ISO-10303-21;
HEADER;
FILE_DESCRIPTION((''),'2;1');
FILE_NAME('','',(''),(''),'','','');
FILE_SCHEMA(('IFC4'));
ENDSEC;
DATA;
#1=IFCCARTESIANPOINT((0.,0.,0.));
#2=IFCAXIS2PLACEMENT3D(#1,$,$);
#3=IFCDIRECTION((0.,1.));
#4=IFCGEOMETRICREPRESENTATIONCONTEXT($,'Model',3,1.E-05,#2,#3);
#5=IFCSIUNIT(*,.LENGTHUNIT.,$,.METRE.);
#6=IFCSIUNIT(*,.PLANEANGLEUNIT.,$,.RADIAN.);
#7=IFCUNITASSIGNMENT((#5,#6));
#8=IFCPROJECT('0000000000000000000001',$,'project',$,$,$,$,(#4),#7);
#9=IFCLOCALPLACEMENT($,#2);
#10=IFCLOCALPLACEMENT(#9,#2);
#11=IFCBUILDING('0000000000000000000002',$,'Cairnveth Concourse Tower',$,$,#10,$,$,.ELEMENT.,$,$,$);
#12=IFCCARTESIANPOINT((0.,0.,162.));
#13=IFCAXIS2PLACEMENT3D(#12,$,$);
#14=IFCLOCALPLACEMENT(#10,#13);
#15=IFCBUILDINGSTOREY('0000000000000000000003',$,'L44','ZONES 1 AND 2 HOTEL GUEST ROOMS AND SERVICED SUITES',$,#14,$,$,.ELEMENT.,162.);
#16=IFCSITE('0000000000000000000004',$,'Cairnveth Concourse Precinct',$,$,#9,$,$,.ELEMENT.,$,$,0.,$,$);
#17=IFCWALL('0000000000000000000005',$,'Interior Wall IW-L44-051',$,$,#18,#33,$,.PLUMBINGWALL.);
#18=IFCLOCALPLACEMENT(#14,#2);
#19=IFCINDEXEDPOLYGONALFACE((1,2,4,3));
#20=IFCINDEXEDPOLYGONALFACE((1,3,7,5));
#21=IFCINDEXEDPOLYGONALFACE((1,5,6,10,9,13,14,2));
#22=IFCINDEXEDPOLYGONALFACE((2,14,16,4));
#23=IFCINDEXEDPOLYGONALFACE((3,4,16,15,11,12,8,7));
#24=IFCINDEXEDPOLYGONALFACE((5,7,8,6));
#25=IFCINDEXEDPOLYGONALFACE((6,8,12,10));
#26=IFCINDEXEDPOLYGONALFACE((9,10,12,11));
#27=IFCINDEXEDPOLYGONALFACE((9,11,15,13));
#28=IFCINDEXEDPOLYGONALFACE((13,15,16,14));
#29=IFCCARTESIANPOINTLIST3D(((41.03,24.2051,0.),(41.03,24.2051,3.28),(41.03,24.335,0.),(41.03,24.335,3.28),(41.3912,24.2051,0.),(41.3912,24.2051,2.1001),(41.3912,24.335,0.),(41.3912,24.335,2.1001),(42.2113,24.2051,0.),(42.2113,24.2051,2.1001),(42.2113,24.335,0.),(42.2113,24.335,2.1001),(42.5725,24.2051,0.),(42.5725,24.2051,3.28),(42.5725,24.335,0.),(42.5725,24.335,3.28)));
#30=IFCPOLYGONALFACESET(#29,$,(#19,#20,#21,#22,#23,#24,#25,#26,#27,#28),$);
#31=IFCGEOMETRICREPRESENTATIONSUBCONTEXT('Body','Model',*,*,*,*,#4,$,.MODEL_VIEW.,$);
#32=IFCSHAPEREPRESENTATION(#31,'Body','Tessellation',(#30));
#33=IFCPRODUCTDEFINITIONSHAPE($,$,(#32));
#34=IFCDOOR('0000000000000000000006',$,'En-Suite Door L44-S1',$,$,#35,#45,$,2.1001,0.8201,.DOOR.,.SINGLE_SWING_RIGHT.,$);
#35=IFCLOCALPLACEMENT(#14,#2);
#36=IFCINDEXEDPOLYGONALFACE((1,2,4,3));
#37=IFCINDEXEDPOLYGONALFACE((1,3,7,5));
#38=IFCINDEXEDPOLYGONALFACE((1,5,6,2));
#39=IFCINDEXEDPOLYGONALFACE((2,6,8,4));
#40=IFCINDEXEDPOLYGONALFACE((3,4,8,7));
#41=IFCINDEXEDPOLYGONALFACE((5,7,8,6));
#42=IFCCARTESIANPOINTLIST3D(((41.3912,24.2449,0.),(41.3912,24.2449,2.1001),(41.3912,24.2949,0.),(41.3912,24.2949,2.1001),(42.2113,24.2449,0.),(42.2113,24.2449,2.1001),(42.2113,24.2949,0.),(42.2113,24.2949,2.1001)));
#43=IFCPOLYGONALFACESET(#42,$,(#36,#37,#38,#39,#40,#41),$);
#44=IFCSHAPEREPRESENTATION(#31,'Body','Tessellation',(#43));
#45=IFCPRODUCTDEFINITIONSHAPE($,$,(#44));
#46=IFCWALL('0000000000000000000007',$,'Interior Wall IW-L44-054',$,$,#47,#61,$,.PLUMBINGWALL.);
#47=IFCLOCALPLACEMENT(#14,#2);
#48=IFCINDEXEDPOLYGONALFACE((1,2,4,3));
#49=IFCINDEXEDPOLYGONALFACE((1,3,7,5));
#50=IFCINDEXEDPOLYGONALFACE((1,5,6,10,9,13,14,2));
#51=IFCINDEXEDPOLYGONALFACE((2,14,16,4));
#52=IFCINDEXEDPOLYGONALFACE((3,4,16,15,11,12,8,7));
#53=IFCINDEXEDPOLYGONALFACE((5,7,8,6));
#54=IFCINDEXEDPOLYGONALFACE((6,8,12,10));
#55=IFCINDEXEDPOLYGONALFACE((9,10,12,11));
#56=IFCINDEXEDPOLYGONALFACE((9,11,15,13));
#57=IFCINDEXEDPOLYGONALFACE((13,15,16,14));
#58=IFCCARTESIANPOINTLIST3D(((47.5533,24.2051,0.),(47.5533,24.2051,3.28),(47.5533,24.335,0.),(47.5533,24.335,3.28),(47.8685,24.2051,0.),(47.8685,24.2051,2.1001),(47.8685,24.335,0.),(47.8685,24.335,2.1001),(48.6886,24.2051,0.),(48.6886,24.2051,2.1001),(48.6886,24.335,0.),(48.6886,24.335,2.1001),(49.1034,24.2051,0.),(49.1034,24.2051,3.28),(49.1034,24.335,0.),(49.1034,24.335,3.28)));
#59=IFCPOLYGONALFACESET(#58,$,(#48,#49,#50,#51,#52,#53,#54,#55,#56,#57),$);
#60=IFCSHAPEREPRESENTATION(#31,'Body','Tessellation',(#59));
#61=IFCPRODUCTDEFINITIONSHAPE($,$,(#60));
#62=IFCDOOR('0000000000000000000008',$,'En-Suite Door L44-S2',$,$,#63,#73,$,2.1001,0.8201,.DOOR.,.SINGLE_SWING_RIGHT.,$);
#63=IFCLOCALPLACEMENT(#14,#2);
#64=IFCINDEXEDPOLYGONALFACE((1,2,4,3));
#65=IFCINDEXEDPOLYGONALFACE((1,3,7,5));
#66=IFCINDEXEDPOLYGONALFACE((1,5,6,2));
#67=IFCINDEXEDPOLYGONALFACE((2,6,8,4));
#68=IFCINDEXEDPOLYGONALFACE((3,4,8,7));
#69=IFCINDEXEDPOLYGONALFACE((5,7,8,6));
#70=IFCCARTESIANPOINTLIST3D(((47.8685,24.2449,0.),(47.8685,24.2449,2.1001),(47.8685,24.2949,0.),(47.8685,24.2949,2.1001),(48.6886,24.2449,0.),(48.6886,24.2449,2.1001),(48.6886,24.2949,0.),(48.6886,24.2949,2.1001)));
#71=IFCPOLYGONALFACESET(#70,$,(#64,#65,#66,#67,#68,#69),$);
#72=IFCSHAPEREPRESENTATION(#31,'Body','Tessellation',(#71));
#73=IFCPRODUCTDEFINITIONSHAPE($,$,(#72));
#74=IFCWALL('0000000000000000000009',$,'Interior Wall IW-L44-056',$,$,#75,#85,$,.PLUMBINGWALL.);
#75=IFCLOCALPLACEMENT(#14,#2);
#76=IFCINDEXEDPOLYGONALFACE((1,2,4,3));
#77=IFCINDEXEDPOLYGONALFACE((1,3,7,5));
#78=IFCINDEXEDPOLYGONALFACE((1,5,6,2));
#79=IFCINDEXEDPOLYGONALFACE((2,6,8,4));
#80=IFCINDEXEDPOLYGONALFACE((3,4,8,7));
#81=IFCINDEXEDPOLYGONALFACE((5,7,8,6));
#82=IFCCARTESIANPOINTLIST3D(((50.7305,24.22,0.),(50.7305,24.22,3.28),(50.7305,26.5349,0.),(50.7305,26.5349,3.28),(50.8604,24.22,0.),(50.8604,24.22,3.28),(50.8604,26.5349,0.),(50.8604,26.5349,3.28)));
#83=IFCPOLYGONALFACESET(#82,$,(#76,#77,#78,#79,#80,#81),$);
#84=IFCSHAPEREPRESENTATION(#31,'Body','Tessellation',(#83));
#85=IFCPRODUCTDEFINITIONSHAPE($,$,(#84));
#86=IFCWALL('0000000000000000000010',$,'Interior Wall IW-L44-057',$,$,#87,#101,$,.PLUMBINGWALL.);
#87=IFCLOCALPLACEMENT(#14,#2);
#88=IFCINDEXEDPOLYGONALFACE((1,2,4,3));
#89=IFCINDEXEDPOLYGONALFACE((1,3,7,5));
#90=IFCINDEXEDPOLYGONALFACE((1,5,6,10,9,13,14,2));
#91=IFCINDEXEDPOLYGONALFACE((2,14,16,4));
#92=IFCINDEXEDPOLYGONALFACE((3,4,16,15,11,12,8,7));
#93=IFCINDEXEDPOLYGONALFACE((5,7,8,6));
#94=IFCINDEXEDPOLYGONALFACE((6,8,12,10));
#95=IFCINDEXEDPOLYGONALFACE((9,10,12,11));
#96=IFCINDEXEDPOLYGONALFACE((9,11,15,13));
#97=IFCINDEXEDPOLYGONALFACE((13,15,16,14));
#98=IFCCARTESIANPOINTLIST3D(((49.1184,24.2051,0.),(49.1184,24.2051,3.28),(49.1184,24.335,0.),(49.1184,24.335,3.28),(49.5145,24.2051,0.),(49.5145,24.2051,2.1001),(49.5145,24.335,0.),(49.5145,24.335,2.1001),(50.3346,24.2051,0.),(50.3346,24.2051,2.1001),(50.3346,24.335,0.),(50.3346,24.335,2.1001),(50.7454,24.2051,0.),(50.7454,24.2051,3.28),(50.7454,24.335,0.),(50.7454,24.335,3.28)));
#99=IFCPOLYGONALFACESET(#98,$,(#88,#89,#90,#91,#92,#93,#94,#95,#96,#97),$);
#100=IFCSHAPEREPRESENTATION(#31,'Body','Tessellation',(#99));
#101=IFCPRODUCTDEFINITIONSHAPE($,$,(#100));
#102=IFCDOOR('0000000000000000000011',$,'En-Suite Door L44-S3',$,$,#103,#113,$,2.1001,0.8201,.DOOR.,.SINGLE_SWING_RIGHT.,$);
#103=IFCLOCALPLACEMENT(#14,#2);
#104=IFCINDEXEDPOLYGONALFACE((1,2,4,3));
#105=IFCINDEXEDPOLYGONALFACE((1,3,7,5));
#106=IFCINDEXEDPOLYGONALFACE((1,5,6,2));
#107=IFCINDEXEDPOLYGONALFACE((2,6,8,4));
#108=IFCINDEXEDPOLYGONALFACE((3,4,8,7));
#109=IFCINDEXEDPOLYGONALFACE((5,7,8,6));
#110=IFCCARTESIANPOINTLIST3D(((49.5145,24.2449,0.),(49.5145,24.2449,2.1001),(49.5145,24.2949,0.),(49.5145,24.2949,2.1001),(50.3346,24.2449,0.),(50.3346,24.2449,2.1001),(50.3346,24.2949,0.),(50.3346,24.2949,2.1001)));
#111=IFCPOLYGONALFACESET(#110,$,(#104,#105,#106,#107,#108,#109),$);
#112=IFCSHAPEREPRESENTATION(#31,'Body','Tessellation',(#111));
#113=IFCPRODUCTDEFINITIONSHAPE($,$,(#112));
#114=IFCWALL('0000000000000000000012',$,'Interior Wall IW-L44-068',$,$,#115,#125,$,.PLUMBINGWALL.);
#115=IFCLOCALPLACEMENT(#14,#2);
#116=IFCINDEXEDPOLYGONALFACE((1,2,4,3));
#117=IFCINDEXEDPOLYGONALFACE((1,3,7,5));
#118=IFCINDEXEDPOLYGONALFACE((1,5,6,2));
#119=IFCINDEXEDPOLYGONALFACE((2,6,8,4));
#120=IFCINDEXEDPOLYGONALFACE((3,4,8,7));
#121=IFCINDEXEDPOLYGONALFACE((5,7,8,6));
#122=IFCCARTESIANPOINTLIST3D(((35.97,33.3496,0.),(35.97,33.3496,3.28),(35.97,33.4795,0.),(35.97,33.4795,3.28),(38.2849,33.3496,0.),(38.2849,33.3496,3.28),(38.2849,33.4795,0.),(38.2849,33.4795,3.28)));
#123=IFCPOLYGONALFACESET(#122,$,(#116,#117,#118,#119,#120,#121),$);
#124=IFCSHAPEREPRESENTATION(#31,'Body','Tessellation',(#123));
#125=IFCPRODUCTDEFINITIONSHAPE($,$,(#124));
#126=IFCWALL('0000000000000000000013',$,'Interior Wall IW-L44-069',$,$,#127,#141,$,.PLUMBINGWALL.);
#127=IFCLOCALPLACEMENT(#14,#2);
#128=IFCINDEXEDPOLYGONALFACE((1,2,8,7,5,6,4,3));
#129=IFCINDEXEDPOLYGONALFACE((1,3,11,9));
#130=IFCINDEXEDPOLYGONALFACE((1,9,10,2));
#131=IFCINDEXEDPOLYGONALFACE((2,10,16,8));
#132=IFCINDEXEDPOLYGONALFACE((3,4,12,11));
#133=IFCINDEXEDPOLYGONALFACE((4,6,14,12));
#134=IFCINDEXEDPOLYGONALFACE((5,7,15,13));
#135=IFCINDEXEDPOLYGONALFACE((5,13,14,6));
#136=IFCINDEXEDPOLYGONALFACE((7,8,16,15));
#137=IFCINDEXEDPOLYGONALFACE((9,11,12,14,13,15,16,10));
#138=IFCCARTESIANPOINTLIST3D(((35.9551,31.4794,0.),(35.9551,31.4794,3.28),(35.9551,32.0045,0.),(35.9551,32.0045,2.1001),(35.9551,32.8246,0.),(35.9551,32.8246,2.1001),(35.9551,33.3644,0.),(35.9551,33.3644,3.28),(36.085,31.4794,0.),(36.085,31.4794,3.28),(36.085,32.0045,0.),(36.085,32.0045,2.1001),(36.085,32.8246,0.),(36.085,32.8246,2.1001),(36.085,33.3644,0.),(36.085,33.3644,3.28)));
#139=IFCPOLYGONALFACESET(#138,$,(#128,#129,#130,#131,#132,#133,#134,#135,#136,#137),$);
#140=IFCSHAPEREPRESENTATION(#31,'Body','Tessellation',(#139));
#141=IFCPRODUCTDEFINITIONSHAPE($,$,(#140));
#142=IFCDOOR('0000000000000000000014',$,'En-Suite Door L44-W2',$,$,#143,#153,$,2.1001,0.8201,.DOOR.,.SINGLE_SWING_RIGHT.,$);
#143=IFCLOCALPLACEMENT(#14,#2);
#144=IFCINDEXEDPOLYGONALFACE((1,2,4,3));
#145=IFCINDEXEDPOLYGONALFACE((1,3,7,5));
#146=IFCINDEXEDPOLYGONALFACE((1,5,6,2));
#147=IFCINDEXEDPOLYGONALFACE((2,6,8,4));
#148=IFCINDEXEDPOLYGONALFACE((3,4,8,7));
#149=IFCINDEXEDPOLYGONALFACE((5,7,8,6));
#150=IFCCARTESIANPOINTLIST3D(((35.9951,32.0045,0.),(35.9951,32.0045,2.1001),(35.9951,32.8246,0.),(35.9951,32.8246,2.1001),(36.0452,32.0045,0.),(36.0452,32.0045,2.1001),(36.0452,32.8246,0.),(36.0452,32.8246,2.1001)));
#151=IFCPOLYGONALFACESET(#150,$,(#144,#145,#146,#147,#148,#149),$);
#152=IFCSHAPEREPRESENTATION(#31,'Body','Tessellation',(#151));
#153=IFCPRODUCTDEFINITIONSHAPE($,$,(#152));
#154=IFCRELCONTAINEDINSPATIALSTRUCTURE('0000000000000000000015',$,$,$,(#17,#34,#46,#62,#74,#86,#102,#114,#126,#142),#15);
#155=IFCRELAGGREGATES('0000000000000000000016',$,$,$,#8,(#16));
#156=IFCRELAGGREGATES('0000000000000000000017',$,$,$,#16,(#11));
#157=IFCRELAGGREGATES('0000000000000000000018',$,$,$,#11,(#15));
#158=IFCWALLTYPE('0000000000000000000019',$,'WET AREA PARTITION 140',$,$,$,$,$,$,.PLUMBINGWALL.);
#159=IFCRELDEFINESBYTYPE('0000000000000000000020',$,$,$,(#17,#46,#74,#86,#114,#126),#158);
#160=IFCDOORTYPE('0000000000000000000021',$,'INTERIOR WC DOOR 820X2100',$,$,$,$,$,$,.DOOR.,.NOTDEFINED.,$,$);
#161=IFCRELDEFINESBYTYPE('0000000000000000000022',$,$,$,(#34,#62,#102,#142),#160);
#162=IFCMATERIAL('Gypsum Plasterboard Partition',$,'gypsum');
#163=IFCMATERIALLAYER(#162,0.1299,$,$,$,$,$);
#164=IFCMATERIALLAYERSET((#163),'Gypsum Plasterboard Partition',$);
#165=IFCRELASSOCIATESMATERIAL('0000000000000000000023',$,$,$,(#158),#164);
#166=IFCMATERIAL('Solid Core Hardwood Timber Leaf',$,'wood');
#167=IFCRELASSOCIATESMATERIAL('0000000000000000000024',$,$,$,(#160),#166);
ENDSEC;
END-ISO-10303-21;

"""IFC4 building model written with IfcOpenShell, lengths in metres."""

from ifc_helpers import new_model, si_unit, direction, frame, frame_2d, origin, place, context, subcontext, project, spatial, rectangle, extrude, material, layer, layer_set, type_object, element, fill, save


model = new_model("IFC4")

# Units and contexts
model_context = context("Model", 3, precision=1e-05, world=origin(), true_north=direction((0.0, 1.0)))
body_context = subcontext(model_context, "Body", "Model", "MODEL_VIEW")
ifc_project = project(units=[si_unit("LENGTHUNIT", "METRE"), si_unit("PLANEANGLEUNIT", "RADIAN")], contexts=[model_context])

# Site, building, storey
site_placement = place(None, origin())
site = spatial("IfcSite", under=ifc_project, at=site_placement, Name="Cairnveth Concourse Precinct", CompositionType="ELEMENT", RefElevation=0.0)
building_placement = place(site_placement, origin())
building = spatial("IfcBuilding", under=site, at=building_placement, Name="Cairnveth Concourse Tower", CompositionType="ELEMENT")
storey_placement = place(building_placement, frame((0.0, 0.0, 162.0)))
storey = spatial("IfcBuildingStorey", under=building, at=storey_placement, Name="L44", Description="ZONES 1 AND 2 HOTEL GUEST ROOMS AND SERVICED SUITES", CompositionType="ELEMENT", Elevation=162.0)

# Shared definitions
ifc_material_1 = material(Name="Gypsum Plasterboard Partition", Category="gypsum")

# Shared definitions
ifc_material_2 = material(Name="Solid Core Hardwood Timber Leaf", Category="wood")

# Walls, openings, doors
ifc_layer_1 = layer(ifc_material_1, 0.1299)
ifc_layer_set_1 = layer_set([ifc_layer_1], Name="Gypsum Plasterboard Partition")
wall_type_1 = type_object("IfcWallType", Name="WET AREA PARTITION 140", PredefinedType="PLUMBINGWALL", material=ifc_layer_set_1)
wall_1_placement = place(storey_placement, frame((41.03, 24.27, 0.0), z_axis=(0.0, 0.0, 1.0), x_axis=(1.0, 0.0, 0.0)))
wall_1 = element("IfcWall", 1, at=wall_1_placement, inside=storey, type_object=wall_type_1, Name="Interior Wall IW-L44-051", PredefinedType="PLUMBINGWALL", context=body_context, shape_type="SweptSolid", body=[
    extrude(rectangle(XDim=1.5425, YDim=0.1299, at=frame_2d((0.7712, 0.0))), origin(), (0.0, 0.0, 1.0), 3.28),
])
opening_1_placement = place(wall_1_placement, frame((0.3611, 0.0, 0.0)))
opening_1 = element("IfcOpeningElement", 2, at=opening_1_placement, cuts=wall_1, PredefinedType="OPENING", context=body_context, shape_type="SweptSolid", body=[
    extrude(rectangle(XDim=0.8201, YDim=2.1001, at=frame_2d((0.4102, 1.05))), frame((0.0, 0.075, 0.0), z_axis=(0.0, -1.0, 0.0), x_axis=(1.0, 0.0, 0.0)), (0.0, 0.0, 1.0), 0.1499),
])
door_type_1 = type_object("IfcDoorType", Name="INTERIOR WC DOOR 820X2100", OperationType="NOTDEFINED", PredefinedType="DOOR", material=ifc_material_2)
door_1_placement = place(opening_1_placement, origin())
door_1 = element("IfcDoor", 3, at=door_1_placement, inside=storey, type_object=door_type_1, Name="En-Suite Door L44-S1", OperationType="SINGLE_SWING_RIGHT", OverallHeight=2.1001, OverallWidth=0.8201, PredefinedType="DOOR", context=body_context, shape_type="SweptSolid", body=[
    extrude(rectangle(XDim=0.8201, YDim=2.1001, at=frame_2d((0.4102, 1.05))), frame((0.0, 0.0249, 0.0), z_axis=(0.0, -1.0, 0.0), x_axis=(1.0, 0.0, 0.0)), (0.0, 0.0, 1.0), 0.05),
])
fill(opening_1, door_1)
wall_2_placement = place(storey_placement, frame((47.5535, 24.27, 0.0), z_axis=(0.0, 0.0, 1.0), x_axis=(1.0, 0.0, 0.0)))
wall_2 = element("IfcWall", 4, at=wall_2_placement, inside=storey, type_object=wall_type_1, Name="Interior Wall IW-L44-054", PredefinedType="PLUMBINGWALL", context=body_context, shape_type="SweptSolid", body=[
    extrude(rectangle(XDim=1.55, YDim=0.1299, at=frame_2d((0.7749, 0.0))), origin(), (0.0, 0.0, 1.0), 3.28),
])
opening_2_placement = place(wall_2_placement, frame((0.3149, 0.0, 0.0)))
opening_2 = element("IfcOpeningElement", 5, at=opening_2_placement, cuts=wall_2, PredefinedType="OPENING", context=body_context, shape_type="SweptSolid", body=[
    extrude(rectangle(XDim=0.8201, YDim=2.1001, at=frame_2d((0.4102, 1.05))), frame((0.0, 0.075, 0.0), z_axis=(0.0, -1.0, 0.0), x_axis=(1.0, 0.0, 0.0)), (0.0, 0.0, 1.0), 0.1499),
])
door_2_placement = place(opening_2_placement, origin())
door_2 = element("IfcDoor", 6, at=door_2_placement, inside=storey, type_object=door_type_1, Name="En-Suite Door L44-S2", OperationType="SINGLE_SWING_RIGHT", OverallHeight=2.1001, OverallWidth=0.8201, PredefinedType="DOOR", context=body_context, shape_type="SweptSolid", body=[
    extrude(rectangle(XDim=0.8201, YDim=2.1001, at=frame_2d((0.4102, 1.05))), frame((0.0, 0.0249, 0.0), z_axis=(0.0, -1.0, 0.0), x_axis=(1.0, 0.0, 0.0)), (0.0, 0.0, 1.0), 0.05),
])
fill(opening_2, door_2)

# Wall
wall_3_placement = place(storey_placement, frame((50.7954, 24.22, 0.0), z_axis=(0.0, 0.0, 1.0), x_axis=(0.0, 1.0, 0.0)))
element("IfcWall", 7, at=wall_3_placement, inside=storey, type_object=wall_type_1, Name="Interior Wall IW-L44-056", PredefinedType="PLUMBINGWALL", context=body_context, shape_type="SweptSolid", body=[
    extrude(rectangle(XDim=2.3149, YDim=0.1299, at=frame_2d((1.1575, 0.0))), origin(), (0.0, 0.0, 1.0), 3.28),
])

# Wall, opening, door
wall_4_placement = place(storey_placement, frame((49.1184, 24.27, 0.0), z_axis=(0.0, 0.0, 1.0), x_axis=(1.0, 0.0, 0.0)))
wall_4 = element("IfcWall", 8, at=wall_4_placement, inside=storey, type_object=wall_type_1, Name="Interior Wall IW-L44-057", PredefinedType="PLUMBINGWALL", context=body_context, shape_type="SweptSolid", body=[
    extrude(rectangle(XDim=1.627, YDim=0.1299, at=frame_2d((0.8135, 0.0))), origin(), (0.0, 0.0, 1.0), 3.28),
])
opening_3_placement = place(wall_4_placement, frame((0.396, 0.0, 0.0)))
opening_3 = element("IfcOpeningElement", 9, at=opening_3_placement, cuts=wall_4, PredefinedType="OPENING", context=body_context, shape_type="SweptSolid", body=[
    extrude(rectangle(XDim=0.8201, YDim=2.1001, at=frame_2d((0.4102, 1.05))), frame((0.0, 0.075, 0.0), z_axis=(0.0, -1.0, 0.0), x_axis=(1.0, 0.0, 0.0)), (0.0, 0.0, 1.0), 0.1499),
])
door_3_placement = place(opening_3_placement, origin())
door_3 = element("IfcDoor", 10, at=door_3_placement, inside=storey, type_object=door_type_1, Name="En-Suite Door L44-S3", OperationType="SINGLE_SWING_RIGHT", OverallHeight=2.1001, OverallWidth=0.8201, PredefinedType="DOOR", context=body_context, shape_type="SweptSolid", body=[
    extrude(rectangle(XDim=0.8201, YDim=2.1001, at=frame_2d((0.4102, 1.05))), frame((0.0, 0.0249, 0.0), z_axis=(0.0, -1.0, 0.0), x_axis=(1.0, 0.0, 0.0)), (0.0, 0.0, 1.0), 0.05),
])
fill(opening_3, door_3)

# Wall
wall_5_placement = place(storey_placement, frame((35.97, 33.4146, 0.0), z_axis=(0.0, 0.0, 1.0), x_axis=(1.0, 0.0, 0.0)))
element("IfcWall", 11, at=wall_5_placement, inside=storey, type_object=wall_type_1, Name="Interior Wall IW-L44-068", PredefinedType="PLUMBINGWALL", context=body_context, shape_type="SweptSolid", body=[
    extrude(rectangle(XDim=2.3149, YDim=0.1299, at=frame_2d((1.1575, 0.0))), origin(), (0.0, 0.0, 1.0), 3.28),
])

# Wall, opening, door
wall_6_placement = place(storey_placement, frame((36.02, 31.4795, 0.0), z_axis=(0.0, 0.0, 1.0), x_axis=(0.0, 1.0, 0.0)))
wall_6 = element("IfcWall", 12, at=wall_6_placement, inside=storey, type_object=wall_type_1, Name="Interior Wall IW-L44-069", PredefinedType="PLUMBINGWALL", context=body_context, shape_type="SweptSolid", body=[
    extrude(rectangle(XDim=1.885, YDim=0.1299, at=frame_2d((0.9424, 0.0))), origin(), (0.0, 0.0, 1.0), 3.28),
])
opening_4_placement = place(wall_6_placement, frame((0.5249, 0.0, 0.0)))
opening_4 = element("IfcOpeningElement", 13, at=opening_4_placement, cuts=wall_6, PredefinedType="OPENING", context=body_context, shape_type="SweptSolid", body=[
    extrude(rectangle(XDim=0.8201, YDim=2.1001, at=frame_2d((0.4102, 1.05))), frame((0.0, 0.075, 0.0), z_axis=(0.0, -1.0, 0.0), x_axis=(1.0, 0.0, 0.0)), (0.0, 0.0, 1.0), 0.1499),
])
door_4_placement = place(opening_4_placement, origin())
door_4 = element("IfcDoor", 14, at=door_4_placement, inside=storey, type_object=door_type_1, Name="En-Suite Door L44-W2", OperationType="SINGLE_SWING_RIGHT", OverallHeight=2.1001, OverallWidth=0.8201, PredefinedType="DOOR", context=body_context, shape_type="SweptSolid", body=[
    extrude(rectangle(XDim=0.8201, YDim=2.1001, at=frame_2d((0.4102, 1.05))), frame((0.0, 0.0249, 0.0), z_axis=(0.0, -1.0, 0.0), x_axis=(1.0, 0.0, 0.0)), (0.0, 0.0, 1.0), 0.05),
])
fill(opening_4, door_4)

save(model, "model.ifc")
